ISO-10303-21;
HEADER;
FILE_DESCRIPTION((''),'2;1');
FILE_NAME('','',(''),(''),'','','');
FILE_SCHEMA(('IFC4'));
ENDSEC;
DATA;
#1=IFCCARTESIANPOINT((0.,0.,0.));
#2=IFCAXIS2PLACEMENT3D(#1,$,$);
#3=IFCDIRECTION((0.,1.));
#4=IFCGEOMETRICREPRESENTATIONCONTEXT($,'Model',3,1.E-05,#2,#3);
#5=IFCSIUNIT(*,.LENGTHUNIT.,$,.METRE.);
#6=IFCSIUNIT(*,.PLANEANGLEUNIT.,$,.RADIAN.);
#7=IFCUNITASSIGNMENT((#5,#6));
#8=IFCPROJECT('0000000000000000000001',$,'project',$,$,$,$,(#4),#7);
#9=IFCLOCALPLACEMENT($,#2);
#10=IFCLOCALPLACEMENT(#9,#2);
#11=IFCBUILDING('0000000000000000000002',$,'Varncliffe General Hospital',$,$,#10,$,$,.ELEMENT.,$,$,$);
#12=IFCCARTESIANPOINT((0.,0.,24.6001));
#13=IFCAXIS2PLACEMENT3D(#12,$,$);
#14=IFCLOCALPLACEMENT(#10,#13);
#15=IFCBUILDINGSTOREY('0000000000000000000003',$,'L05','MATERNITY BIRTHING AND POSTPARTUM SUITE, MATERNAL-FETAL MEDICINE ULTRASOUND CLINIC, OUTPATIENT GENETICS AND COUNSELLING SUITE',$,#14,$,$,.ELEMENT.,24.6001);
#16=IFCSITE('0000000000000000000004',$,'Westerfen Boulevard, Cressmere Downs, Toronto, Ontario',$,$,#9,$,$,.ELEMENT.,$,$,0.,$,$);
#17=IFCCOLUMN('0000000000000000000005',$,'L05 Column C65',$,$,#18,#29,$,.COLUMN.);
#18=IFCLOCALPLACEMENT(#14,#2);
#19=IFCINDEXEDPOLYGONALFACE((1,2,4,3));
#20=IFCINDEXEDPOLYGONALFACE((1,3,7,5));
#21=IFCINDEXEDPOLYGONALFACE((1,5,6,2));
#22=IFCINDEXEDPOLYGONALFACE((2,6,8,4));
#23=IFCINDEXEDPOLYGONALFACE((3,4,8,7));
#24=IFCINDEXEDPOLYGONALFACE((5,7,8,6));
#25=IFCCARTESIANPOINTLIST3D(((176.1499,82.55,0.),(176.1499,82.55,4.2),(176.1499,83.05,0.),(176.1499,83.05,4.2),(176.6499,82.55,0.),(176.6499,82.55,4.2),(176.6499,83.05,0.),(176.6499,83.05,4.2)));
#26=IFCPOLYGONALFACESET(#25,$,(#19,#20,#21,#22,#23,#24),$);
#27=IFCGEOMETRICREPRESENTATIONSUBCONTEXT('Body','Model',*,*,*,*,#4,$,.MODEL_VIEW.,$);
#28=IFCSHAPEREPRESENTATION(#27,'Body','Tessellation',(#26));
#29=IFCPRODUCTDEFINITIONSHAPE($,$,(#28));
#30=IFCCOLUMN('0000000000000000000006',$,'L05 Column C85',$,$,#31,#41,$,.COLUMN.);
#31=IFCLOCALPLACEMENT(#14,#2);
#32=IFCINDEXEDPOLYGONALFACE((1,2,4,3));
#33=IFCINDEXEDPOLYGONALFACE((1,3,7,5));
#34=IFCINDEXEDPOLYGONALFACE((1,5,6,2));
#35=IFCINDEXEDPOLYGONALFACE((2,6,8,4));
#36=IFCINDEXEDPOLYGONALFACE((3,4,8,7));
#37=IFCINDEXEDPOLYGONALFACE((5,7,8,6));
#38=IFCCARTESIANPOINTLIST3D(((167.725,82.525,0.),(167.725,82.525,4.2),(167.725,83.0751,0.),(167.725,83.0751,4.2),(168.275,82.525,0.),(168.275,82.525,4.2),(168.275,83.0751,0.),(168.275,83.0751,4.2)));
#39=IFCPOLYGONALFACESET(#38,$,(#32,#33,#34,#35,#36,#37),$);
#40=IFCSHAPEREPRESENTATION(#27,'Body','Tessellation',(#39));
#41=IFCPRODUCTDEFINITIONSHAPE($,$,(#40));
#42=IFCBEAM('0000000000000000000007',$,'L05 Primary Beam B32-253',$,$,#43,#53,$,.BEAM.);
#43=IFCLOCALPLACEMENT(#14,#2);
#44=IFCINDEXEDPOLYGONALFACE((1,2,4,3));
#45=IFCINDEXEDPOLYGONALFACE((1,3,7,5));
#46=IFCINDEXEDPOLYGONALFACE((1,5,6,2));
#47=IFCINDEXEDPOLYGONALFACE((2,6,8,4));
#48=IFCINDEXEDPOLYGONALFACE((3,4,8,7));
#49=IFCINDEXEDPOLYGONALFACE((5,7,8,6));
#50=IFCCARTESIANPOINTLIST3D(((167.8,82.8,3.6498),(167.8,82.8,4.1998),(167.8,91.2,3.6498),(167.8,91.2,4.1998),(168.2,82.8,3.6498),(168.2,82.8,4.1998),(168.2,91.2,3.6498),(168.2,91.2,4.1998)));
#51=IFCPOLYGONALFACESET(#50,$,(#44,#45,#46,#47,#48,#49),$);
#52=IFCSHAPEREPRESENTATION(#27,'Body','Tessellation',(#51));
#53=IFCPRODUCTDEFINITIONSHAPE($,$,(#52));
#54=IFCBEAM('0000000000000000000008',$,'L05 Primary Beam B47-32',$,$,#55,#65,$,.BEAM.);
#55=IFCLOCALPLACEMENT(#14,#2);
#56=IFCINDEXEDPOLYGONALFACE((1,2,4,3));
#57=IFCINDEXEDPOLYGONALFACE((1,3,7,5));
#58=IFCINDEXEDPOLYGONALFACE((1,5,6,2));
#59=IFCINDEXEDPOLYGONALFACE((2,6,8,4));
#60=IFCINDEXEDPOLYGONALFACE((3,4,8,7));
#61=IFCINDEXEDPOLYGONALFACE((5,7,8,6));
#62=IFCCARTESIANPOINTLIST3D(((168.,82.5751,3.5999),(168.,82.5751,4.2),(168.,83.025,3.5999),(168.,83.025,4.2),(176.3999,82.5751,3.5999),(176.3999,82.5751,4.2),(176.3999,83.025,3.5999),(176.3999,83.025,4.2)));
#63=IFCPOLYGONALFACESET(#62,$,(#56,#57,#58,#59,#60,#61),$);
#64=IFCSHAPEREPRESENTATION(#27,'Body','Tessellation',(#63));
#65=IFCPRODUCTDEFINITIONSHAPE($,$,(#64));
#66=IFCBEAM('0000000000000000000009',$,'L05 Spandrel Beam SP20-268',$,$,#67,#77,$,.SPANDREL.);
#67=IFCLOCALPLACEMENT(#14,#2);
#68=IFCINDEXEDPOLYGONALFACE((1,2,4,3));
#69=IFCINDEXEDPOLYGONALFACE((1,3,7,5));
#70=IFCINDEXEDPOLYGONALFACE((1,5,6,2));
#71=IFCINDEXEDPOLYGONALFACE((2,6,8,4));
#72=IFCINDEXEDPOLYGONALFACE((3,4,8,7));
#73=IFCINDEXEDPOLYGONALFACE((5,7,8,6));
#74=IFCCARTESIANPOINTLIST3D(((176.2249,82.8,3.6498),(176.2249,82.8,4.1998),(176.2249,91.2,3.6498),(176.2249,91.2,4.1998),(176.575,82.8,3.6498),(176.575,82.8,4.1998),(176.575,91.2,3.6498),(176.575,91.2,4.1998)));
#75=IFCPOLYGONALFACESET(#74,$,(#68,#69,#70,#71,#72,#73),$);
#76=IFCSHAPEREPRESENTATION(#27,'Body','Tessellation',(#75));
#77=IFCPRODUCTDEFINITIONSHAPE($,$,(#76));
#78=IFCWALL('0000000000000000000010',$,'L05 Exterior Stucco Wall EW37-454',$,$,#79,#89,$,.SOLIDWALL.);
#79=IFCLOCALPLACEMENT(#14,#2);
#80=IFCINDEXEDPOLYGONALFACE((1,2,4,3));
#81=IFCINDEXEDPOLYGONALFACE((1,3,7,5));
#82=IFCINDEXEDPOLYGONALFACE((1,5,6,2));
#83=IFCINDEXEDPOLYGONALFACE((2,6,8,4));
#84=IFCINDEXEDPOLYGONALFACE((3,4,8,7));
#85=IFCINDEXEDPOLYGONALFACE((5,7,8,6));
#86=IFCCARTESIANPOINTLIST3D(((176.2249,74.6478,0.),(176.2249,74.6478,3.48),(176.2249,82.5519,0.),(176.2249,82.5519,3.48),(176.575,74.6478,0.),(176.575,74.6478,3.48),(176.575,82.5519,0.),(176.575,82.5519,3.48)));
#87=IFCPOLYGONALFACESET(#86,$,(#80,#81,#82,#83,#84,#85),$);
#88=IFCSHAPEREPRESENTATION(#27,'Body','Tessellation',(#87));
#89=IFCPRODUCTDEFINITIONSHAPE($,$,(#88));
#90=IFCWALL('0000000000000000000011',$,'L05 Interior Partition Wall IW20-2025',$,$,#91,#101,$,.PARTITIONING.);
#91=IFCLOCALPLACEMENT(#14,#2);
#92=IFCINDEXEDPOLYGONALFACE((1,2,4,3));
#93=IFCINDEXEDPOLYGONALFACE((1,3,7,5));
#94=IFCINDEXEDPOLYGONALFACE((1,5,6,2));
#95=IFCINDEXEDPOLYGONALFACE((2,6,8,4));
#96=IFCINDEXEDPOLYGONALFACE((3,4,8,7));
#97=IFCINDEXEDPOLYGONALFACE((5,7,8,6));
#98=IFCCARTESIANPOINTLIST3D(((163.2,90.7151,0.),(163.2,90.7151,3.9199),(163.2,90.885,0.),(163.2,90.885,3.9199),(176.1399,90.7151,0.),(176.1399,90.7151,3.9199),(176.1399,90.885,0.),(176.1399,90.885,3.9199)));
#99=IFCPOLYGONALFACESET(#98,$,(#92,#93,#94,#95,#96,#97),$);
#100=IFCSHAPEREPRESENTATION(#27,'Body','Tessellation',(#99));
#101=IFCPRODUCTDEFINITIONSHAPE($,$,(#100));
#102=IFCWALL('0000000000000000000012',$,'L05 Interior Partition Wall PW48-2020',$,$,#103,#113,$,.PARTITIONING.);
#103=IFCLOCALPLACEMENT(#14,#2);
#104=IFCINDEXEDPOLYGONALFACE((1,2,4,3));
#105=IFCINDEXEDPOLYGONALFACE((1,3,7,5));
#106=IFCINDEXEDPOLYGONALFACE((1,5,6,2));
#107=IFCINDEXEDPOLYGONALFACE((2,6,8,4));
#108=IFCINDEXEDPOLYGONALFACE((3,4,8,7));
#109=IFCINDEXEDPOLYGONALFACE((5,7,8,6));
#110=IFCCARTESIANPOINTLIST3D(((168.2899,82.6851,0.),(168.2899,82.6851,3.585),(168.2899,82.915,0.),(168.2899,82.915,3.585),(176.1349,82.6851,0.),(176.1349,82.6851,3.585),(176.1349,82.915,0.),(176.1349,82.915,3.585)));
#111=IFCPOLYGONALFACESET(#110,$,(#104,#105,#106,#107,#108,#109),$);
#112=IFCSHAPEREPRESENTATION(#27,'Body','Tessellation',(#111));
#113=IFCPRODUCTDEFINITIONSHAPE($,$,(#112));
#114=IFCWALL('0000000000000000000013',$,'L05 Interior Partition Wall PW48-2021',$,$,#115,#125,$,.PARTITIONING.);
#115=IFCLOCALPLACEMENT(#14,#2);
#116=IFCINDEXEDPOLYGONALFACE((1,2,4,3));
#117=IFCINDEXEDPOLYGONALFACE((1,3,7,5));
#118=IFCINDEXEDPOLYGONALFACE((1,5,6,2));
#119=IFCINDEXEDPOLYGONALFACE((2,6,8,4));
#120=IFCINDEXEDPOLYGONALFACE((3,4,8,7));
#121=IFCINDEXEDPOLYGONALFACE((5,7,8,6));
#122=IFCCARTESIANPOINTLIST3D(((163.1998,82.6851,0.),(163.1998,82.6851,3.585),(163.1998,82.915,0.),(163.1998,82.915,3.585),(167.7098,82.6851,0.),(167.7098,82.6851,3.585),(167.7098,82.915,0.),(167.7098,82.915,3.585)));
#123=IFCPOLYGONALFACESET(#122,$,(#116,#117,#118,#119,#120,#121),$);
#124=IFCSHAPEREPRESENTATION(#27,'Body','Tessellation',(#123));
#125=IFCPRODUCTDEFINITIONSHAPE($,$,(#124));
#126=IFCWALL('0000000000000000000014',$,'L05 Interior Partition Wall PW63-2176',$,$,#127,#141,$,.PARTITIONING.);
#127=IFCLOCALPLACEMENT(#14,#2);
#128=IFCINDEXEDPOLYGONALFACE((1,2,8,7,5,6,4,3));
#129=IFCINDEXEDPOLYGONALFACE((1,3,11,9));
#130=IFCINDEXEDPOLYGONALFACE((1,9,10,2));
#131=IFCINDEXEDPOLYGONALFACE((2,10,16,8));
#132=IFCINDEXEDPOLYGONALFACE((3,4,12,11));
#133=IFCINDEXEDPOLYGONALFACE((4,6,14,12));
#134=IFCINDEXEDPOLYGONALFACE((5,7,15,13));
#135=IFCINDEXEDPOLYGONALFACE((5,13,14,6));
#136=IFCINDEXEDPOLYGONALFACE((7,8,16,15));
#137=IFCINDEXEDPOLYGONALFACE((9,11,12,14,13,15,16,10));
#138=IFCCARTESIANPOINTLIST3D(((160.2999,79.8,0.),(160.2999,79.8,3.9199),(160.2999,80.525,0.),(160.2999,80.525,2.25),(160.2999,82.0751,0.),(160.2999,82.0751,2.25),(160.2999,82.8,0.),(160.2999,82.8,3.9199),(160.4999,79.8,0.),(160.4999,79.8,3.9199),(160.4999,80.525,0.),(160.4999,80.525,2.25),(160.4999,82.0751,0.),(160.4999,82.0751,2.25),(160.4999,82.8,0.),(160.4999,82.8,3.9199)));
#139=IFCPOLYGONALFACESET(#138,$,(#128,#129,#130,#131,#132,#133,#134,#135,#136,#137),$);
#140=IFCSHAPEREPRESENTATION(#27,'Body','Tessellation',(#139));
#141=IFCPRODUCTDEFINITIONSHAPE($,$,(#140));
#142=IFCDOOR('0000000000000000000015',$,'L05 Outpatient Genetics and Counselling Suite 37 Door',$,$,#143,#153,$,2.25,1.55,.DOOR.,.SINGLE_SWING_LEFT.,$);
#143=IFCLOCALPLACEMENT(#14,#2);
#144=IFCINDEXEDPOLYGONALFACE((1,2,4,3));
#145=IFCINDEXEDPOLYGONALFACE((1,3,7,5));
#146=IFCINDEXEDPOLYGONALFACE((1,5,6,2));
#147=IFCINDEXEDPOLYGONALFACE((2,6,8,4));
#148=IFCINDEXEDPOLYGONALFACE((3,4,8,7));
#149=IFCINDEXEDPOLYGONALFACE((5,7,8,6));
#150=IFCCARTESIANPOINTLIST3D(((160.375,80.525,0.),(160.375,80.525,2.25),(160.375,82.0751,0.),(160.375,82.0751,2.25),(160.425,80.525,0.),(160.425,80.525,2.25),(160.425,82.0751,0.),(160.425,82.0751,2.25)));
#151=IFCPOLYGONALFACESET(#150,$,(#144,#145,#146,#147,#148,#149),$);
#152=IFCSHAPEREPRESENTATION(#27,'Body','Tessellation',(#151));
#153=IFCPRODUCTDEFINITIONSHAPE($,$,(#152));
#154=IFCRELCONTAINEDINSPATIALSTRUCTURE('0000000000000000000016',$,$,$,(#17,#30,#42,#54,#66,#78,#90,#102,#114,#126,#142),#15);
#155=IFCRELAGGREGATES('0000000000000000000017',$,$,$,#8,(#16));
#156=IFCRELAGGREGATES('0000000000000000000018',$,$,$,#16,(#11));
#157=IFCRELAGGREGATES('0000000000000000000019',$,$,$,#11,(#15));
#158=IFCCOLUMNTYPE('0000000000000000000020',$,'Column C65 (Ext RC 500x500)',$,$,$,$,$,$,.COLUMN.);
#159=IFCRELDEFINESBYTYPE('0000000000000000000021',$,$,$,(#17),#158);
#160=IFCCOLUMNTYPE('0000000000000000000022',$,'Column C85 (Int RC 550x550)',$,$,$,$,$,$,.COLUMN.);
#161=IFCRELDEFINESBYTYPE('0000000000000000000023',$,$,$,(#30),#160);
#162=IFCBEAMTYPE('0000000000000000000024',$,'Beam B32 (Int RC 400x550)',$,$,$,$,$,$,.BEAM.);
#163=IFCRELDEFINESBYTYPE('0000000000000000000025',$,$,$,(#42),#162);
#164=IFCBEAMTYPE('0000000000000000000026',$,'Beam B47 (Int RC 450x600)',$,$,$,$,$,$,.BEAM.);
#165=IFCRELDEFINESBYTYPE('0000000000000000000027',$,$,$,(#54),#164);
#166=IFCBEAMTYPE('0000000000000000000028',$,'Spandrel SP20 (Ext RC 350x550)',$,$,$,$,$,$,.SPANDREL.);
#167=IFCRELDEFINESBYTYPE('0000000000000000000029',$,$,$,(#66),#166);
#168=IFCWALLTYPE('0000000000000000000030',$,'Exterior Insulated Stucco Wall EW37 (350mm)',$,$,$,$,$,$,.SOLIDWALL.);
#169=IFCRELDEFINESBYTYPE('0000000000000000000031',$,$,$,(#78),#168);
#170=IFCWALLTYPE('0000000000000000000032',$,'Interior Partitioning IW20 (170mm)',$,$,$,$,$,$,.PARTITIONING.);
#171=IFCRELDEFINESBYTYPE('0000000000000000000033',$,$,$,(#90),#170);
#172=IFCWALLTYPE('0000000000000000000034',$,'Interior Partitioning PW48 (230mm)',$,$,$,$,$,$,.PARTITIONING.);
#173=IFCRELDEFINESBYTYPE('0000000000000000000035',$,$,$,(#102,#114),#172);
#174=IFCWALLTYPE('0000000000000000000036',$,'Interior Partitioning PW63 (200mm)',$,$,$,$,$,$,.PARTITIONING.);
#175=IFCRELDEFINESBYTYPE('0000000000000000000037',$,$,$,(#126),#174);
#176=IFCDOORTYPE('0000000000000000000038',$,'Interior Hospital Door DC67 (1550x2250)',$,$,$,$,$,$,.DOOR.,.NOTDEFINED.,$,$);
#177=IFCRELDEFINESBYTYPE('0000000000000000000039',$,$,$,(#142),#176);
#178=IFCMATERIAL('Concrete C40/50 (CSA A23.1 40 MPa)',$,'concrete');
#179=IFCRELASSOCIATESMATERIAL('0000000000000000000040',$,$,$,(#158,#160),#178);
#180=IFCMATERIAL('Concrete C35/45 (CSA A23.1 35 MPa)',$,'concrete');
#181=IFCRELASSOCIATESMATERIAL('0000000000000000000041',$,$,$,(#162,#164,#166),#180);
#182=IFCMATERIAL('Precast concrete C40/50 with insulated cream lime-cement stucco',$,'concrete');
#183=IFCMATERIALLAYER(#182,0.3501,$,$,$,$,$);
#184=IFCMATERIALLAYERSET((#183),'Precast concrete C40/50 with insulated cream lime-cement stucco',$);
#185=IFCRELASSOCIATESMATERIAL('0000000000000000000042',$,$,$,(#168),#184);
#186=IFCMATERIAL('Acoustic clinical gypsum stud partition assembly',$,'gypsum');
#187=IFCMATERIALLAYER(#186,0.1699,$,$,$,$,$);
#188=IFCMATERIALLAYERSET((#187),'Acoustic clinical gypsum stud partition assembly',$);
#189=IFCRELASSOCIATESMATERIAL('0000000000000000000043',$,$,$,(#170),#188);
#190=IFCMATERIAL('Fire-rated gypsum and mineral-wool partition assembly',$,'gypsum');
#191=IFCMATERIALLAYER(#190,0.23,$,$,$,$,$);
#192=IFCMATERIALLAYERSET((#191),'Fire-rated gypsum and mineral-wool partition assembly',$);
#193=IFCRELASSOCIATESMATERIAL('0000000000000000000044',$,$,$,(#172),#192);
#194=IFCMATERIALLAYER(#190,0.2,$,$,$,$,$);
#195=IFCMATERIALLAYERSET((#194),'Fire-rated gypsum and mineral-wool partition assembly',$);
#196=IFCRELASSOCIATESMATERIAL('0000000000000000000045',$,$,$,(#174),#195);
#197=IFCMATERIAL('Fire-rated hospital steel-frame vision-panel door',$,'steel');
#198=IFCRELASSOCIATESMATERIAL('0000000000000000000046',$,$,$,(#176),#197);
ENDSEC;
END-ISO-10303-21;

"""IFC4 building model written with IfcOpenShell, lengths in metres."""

from ifc_helpers import new_model, si_unit, direction, frame, frame_2d, origin, origin_2d, place, context, subcontext, project, spatial, rectangle, extrude, material, layer, layer_set, material_profile, profile_set, type_object, element, fill, save


model = new_model("IFC4")

# Units and contexts
model_context = context("Model", 3, precision=1e-05, world=origin(), true_north=direction((0.0, 1.0)))
body_context = subcontext(model_context, "Body", "Model", "MODEL_VIEW")
ifc_project = project(units=[si_unit("LENGTHUNIT", "METRE"), si_unit("PLANEANGLEUNIT", "RADIAN")], contexts=[model_context])

# Site, building, storey
site_placement = place(None, origin())
site = spatial("IfcSite", under=ifc_project, at=site_placement, Name="Westerfen Boulevard, Cressmere Downs, Toronto, Ontario", CompositionType="ELEMENT", RefElevation=0.0)
building_placement = place(site_placement, origin())
building = spatial("IfcBuilding", under=site, at=building_placement, Name="Varncliffe General Hospital", CompositionType="ELEMENT")
storey_placement = place(building_placement, frame((0.0, 0.0, 24.6001)))
storey = spatial("IfcBuildingStorey", under=building, at=storey_placement, Name="L05", Description="MATERNITY BIRTHING AND POSTPARTUM SUITE, MATERNAL-FETAL MEDICINE ULTRASOUND CLINIC, OUTPATIENT GENETICS AND COUNSELLING SUITE", CompositionType="ELEMENT", Elevation=24.6001)

# Columns
ifc_material_1 = material(Name="Concrete C40/50 (CSA A23.1 40 MPa)", Category="concrete")
ifc_material_profile_1 = material_profile(ifc_material_1, rectangle(XDim=0.5, YDim=0.5, at=origin_2d()), Name="RC 500x500")
ifc_profile_set_1 = profile_set([ifc_material_profile_1], Name="Concrete C40/50 (CSA A23.1 40 MPa)")
column_type_1 = type_object("IfcColumnType", Name="Column C65 (Ext RC 500x500)", PredefinedType="COLUMN", material=ifc_profile_set_1)
column_1_placement = place(storey_placement, frame((176.3999, 82.8, 0.0), z_axis=(0.0, 0.0, 1.0), x_axis=(1.0, 0.0, 0.0)))
element("IfcColumn", 1, at=column_1_placement, inside=storey, type_object=column_type_1, Name="L05 Column C65", PredefinedType="COLUMN", context=body_context, shape_type="SweptSolid", body=[
    extrude(rectangle(XDim=0.5, YDim=0.5, at=origin_2d()), origin(), (0.0, 0.0, 1.0), 4.2),
])
ifc_material_profile_2 = material_profile(ifc_material_1, rectangle(XDim=0.55, YDim=0.55, at=origin_2d()), Name="RC 550x550")
ifc_profile_set_2 = profile_set([ifc_material_profile_2], Name="Concrete C40/50 (CSA A23.1 40 MPa)")
column_type_2 = type_object("IfcColumnType", Name="Column C85 (Int RC 550x550)", PredefinedType="COLUMN", material=ifc_profile_set_2)
column_2_placement = place(storey_placement, frame((168.0, 82.8, 0.0), z_axis=(0.0, 0.0, 1.0), x_axis=(1.0, 0.0, 0.0)))
element("IfcColumn", 2, at=column_2_placement, inside=storey, type_object=column_type_2, Name="L05 Column C85", PredefinedType="COLUMN", context=body_context, shape_type="SweptSolid", body=[
    extrude(rectangle(XDim=0.55, YDim=0.55, at=origin_2d()), origin(), (0.0, 0.0, 1.0), 4.2),
])

# Beams
ifc_material_2 = material(Name="Concrete C35/45 (CSA A23.1 35 MPa)", Category="concrete")
ifc_material_profile_3 = material_profile(ifc_material_2, rectangle(XDim=0.3999, YDim=0.55, at=origin_2d()), Name="RC 400x550")
ifc_profile_set_3 = profile_set([ifc_material_profile_3], Name="Concrete C35/45 (CSA A23.1 35 MPa)")
beam_type_1 = type_object("IfcBeamType", Name="Beam B32 (Int RC 400x550)", PredefinedType="BEAM", material=ifc_profile_set_3)
beam_1_placement = place(storey_placement, frame((168.0, 82.8, 3.9248), z_axis=(0.0, 1.0, 0.0), x_axis=(-1.0, 0.0, 0.0)))
element("IfcBeam", 3, at=beam_1_placement, inside=storey, type_object=beam_type_1, Name="L05 Primary Beam B32-253", PredefinedType="BEAM", context=body_context, shape_type="SweptSolid", body=[
    extrude(rectangle(XDim=0.3999, YDim=0.55, at=origin_2d()), origin(), (0.0, 0.0, 1.0), 8.3999),
])
ifc_material_profile_4 = material_profile(ifc_material_2, rectangle(XDim=0.45, YDim=0.6001, at=origin_2d()), Name="RC 450x600")
ifc_profile_set_4 = profile_set([ifc_material_profile_4], Name="Concrete C35/45 (CSA A23.1 35 MPa)")
beam_type_2 = type_object("IfcBeamType", Name="Beam B47 (Int RC 450x600)", PredefinedType="BEAM", material=ifc_profile_set_4)
beam_2_placement = place(storey_placement, frame((168.0, 82.8, 3.8999), z_axis=(1.0, 0.0, 0.0), x_axis=(0.0, 1.0, 0.0)))
element("IfcBeam", 4, at=beam_2_placement, inside=storey, type_object=beam_type_2, Name="L05 Primary Beam B47-32", PredefinedType="BEAM", context=body_context, shape_type="SweptSolid", body=[
    extrude(rectangle(XDim=0.45, YDim=0.6001, at=origin_2d()), origin(), (0.0, 0.0, 1.0), 8.3999),
])
ifc_material_profile_5 = material_profile(ifc_material_2, rectangle(XDim=0.3501, YDim=0.55, at=origin_2d()), Name="RC 350x550")
ifc_profile_set_5 = profile_set([ifc_material_profile_5], Name="Concrete C35/45 (CSA A23.1 35 MPa)")
beam_type_3 = type_object("IfcBeamType", Name="Spandrel SP20 (Ext RC 350x550)", PredefinedType="SPANDREL", material=ifc_profile_set_5)
beam_3_placement = place(storey_placement, frame((176.3999, 82.8, 3.9248), z_axis=(0.0, 1.0, 0.0), x_axis=(-1.0, 0.0, 0.0)))
element("IfcBeam", 5, at=beam_3_placement, inside=storey, type_object=beam_type_3, Name="L05 Spandrel Beam SP20-268", PredefinedType="SPANDREL", context=body_context, shape_type="SweptSolid", body=[
    extrude(rectangle(XDim=0.3501, YDim=0.55, at=origin_2d()), origin(), (0.0, 0.0, 1.0), 8.3999),
])

# Walls
ifc_material_3 = material(Name="Precast concrete C40/50 with insulated cream lime-cement stucco", Category="concrete")
ifc_layer_1 = layer(ifc_material_3, 0.3501)
ifc_layer_set_1 = layer_set([ifc_layer_1], Name="Precast concrete C40/50 with insulated cream lime-cement stucco")
wall_type_1 = type_object("IfcWallType", Name="Exterior Insulated Stucco Wall EW37 (350mm)", PredefinedType="SOLIDWALL", material=ifc_layer_set_1)
wall_1_placement = place(storey_placement, frame((176.3999, 82.552, 0.0), z_axis=(0.0, 0.0, 1.0), x_axis=(0.0, -1.0, 0.0)))
element("IfcWall", 6, at=wall_1_placement, inside=storey, type_object=wall_type_1, Name="L05 Exterior Stucco Wall EW37-454", PredefinedType="SOLIDWALL", context=body_context, shape_type="SweptSolid", body=[
    extrude(rectangle(XDim=7.9041, YDim=0.3501, at=frame_2d((3.9521, 0.0))), origin(), (0.0, 0.0, 1.0), 3.48),
])
ifc_material_4 = material(Name="Acoustic clinical gypsum stud partition assembly", Category="gypsum")
ifc_layer_2 = layer(ifc_material_4, 0.1699)
ifc_layer_set_2 = layer_set([ifc_layer_2], Name="Acoustic clinical gypsum stud partition assembly")
wall_type_2 = type_object("IfcWallType", Name="Interior Partitioning IW20 (170mm)", PredefinedType="PARTITIONING", material=ifc_layer_set_2)
wall_2_placement = place(storey_placement, frame((163.2, 90.8, 0.0), z_axis=(0.0, 0.0, 1.0), x_axis=(1.0, 0.0, 0.0)))
element("IfcWall", 7, at=wall_2_placement, inside=storey, type_object=wall_type_2, Name="L05 Interior Partition Wall IW20-2025", PredefinedType="PARTITIONING", context=body_context, shape_type="SweptSolid", body=[
    extrude(rectangle(XDim=12.9399, YDim=0.1699, at=frame_2d((6.47, 0.0))), origin(), (0.0, 0.0, 1.0), 3.9199),
])
ifc_material_5 = material(Name="Fire-rated gypsum and mineral-wool partition assembly", Category="gypsum")
ifc_layer_3 = layer(ifc_material_5, 0.23)
ifc_layer_set_3 = layer_set([ifc_layer_3], Name="Fire-rated gypsum and mineral-wool partition assembly")
wall_type_3 = type_object("IfcWallType", Name="Interior Partitioning PW48 (230mm)", PredefinedType="PARTITIONING", material=ifc_layer_set_3)
wall_3_placement = place(storey_placement, frame((168.29, 82.8, 0.0), z_axis=(0.0, 0.0, 1.0), x_axis=(1.0, 0.0, 0.0)))
element("IfcWall", 8, at=wall_3_placement, inside=storey, type_object=wall_type_3, Name="L05 Interior Partition Wall PW48-2020", PredefinedType="PARTITIONING", context=body_context, shape_type="SweptSolid", body=[
    extrude(rectangle(XDim=7.845, YDim=0.23, at=frame_2d((3.9224, 0.0))), origin(), (0.0, 0.0, 1.0), 3.585),
])
wall_4_placement = place(storey_placement, frame((163.2, 82.8, 0.0), z_axis=(0.0, 0.0, 1.0), x_axis=(1.0, 0.0, 0.0)))
element("IfcWall", 9, at=wall_4_placement, inside=storey, type_object=wall_type_3, Name="L05 Interior Partition Wall PW48-2021", PredefinedType="PARTITIONING", context=body_context, shape_type="SweptSolid", body=[
    extrude(rectangle(XDim=4.51, YDim=0.23, at=frame_2d((2.2549, 0.0))), origin(), (0.0, 0.0, 1.0), 3.585),
])

# Wall, opening, door
ifc_layer_4 = layer(ifc_material_5, 0.2)
ifc_layer_set_4 = layer_set([ifc_layer_4], Name="Fire-rated gypsum and mineral-wool partition assembly")
wall_type_4 = type_object("IfcWallType", Name="Interior Partitioning PW63 (200mm)", PredefinedType="PARTITIONING", material=ifc_layer_set_4)
wall_5_placement = place(storey_placement, frame((160.3999, 79.8, 0.0), z_axis=(0.0, 0.0, 1.0), x_axis=(0.0, 1.0, 0.0)))
wall_5 = element("IfcWall", 10, at=wall_5_placement, inside=storey, type_object=wall_type_4, Name="L05 Interior Partition Wall PW63-2176", PredefinedType="PARTITIONING", context=body_context, shape_type="SweptSolid", body=[
    extrude(rectangle(XDim=3.0, YDim=0.2, at=frame_2d((1.5, 0.0))), origin(), (0.0, 0.0, 1.0), 3.9199),
])
opening_1_placement = place(wall_5_placement, frame((0.7251, 0.0, 0.0)))
opening_1 = element("IfcOpeningElement", 11, at=opening_1_placement, cuts=wall_5, PredefinedType="OPENING", context=body_context, shape_type="SweptSolid", body=[
    extrude(rectangle(XDim=1.55, YDim=2.25, at=frame_2d((0.7749, 1.125))), frame((0.0, 0.1099, 0.0), z_axis=(0.0, -1.0, 0.0), x_axis=(1.0, 0.0, 0.0)), (0.0, 0.0, 1.0), 0.22),
])
ifc_material_6 = material(Name="Fire-rated hospital steel-frame vision-panel door", Category="steel")
door_type_1 = type_object("IfcDoorType", Name="Interior Hospital Door DC67 (1550x2250)", OperationType="NOTDEFINED", PredefinedType="DOOR", material=ifc_material_6)
door_1_placement = place(opening_1_placement, origin())
door_1 = element("IfcDoor", 12, at=door_1_placement, inside=storey, type_object=door_type_1, Name="L05 Outpatient Genetics and Counselling Suite 37 Door", OperationType="SINGLE_SWING_LEFT", OverallHeight=2.25, OverallWidth=1.55, PredefinedType="DOOR", context=body_context, shape_type="SweptSolid", body=[
    extrude(rectangle(XDim=1.55, YDim=2.25, at=frame_2d((0.7749, 1.125))), frame((0.0, 0.0249, 0.0), z_axis=(0.0, -1.0, 0.0), x_axis=(1.0, 0.0, 0.0)), (0.0, 0.0, 1.0), 0.05),
])
fill(opening_1, door_1)

save(model, "model.ifc")
